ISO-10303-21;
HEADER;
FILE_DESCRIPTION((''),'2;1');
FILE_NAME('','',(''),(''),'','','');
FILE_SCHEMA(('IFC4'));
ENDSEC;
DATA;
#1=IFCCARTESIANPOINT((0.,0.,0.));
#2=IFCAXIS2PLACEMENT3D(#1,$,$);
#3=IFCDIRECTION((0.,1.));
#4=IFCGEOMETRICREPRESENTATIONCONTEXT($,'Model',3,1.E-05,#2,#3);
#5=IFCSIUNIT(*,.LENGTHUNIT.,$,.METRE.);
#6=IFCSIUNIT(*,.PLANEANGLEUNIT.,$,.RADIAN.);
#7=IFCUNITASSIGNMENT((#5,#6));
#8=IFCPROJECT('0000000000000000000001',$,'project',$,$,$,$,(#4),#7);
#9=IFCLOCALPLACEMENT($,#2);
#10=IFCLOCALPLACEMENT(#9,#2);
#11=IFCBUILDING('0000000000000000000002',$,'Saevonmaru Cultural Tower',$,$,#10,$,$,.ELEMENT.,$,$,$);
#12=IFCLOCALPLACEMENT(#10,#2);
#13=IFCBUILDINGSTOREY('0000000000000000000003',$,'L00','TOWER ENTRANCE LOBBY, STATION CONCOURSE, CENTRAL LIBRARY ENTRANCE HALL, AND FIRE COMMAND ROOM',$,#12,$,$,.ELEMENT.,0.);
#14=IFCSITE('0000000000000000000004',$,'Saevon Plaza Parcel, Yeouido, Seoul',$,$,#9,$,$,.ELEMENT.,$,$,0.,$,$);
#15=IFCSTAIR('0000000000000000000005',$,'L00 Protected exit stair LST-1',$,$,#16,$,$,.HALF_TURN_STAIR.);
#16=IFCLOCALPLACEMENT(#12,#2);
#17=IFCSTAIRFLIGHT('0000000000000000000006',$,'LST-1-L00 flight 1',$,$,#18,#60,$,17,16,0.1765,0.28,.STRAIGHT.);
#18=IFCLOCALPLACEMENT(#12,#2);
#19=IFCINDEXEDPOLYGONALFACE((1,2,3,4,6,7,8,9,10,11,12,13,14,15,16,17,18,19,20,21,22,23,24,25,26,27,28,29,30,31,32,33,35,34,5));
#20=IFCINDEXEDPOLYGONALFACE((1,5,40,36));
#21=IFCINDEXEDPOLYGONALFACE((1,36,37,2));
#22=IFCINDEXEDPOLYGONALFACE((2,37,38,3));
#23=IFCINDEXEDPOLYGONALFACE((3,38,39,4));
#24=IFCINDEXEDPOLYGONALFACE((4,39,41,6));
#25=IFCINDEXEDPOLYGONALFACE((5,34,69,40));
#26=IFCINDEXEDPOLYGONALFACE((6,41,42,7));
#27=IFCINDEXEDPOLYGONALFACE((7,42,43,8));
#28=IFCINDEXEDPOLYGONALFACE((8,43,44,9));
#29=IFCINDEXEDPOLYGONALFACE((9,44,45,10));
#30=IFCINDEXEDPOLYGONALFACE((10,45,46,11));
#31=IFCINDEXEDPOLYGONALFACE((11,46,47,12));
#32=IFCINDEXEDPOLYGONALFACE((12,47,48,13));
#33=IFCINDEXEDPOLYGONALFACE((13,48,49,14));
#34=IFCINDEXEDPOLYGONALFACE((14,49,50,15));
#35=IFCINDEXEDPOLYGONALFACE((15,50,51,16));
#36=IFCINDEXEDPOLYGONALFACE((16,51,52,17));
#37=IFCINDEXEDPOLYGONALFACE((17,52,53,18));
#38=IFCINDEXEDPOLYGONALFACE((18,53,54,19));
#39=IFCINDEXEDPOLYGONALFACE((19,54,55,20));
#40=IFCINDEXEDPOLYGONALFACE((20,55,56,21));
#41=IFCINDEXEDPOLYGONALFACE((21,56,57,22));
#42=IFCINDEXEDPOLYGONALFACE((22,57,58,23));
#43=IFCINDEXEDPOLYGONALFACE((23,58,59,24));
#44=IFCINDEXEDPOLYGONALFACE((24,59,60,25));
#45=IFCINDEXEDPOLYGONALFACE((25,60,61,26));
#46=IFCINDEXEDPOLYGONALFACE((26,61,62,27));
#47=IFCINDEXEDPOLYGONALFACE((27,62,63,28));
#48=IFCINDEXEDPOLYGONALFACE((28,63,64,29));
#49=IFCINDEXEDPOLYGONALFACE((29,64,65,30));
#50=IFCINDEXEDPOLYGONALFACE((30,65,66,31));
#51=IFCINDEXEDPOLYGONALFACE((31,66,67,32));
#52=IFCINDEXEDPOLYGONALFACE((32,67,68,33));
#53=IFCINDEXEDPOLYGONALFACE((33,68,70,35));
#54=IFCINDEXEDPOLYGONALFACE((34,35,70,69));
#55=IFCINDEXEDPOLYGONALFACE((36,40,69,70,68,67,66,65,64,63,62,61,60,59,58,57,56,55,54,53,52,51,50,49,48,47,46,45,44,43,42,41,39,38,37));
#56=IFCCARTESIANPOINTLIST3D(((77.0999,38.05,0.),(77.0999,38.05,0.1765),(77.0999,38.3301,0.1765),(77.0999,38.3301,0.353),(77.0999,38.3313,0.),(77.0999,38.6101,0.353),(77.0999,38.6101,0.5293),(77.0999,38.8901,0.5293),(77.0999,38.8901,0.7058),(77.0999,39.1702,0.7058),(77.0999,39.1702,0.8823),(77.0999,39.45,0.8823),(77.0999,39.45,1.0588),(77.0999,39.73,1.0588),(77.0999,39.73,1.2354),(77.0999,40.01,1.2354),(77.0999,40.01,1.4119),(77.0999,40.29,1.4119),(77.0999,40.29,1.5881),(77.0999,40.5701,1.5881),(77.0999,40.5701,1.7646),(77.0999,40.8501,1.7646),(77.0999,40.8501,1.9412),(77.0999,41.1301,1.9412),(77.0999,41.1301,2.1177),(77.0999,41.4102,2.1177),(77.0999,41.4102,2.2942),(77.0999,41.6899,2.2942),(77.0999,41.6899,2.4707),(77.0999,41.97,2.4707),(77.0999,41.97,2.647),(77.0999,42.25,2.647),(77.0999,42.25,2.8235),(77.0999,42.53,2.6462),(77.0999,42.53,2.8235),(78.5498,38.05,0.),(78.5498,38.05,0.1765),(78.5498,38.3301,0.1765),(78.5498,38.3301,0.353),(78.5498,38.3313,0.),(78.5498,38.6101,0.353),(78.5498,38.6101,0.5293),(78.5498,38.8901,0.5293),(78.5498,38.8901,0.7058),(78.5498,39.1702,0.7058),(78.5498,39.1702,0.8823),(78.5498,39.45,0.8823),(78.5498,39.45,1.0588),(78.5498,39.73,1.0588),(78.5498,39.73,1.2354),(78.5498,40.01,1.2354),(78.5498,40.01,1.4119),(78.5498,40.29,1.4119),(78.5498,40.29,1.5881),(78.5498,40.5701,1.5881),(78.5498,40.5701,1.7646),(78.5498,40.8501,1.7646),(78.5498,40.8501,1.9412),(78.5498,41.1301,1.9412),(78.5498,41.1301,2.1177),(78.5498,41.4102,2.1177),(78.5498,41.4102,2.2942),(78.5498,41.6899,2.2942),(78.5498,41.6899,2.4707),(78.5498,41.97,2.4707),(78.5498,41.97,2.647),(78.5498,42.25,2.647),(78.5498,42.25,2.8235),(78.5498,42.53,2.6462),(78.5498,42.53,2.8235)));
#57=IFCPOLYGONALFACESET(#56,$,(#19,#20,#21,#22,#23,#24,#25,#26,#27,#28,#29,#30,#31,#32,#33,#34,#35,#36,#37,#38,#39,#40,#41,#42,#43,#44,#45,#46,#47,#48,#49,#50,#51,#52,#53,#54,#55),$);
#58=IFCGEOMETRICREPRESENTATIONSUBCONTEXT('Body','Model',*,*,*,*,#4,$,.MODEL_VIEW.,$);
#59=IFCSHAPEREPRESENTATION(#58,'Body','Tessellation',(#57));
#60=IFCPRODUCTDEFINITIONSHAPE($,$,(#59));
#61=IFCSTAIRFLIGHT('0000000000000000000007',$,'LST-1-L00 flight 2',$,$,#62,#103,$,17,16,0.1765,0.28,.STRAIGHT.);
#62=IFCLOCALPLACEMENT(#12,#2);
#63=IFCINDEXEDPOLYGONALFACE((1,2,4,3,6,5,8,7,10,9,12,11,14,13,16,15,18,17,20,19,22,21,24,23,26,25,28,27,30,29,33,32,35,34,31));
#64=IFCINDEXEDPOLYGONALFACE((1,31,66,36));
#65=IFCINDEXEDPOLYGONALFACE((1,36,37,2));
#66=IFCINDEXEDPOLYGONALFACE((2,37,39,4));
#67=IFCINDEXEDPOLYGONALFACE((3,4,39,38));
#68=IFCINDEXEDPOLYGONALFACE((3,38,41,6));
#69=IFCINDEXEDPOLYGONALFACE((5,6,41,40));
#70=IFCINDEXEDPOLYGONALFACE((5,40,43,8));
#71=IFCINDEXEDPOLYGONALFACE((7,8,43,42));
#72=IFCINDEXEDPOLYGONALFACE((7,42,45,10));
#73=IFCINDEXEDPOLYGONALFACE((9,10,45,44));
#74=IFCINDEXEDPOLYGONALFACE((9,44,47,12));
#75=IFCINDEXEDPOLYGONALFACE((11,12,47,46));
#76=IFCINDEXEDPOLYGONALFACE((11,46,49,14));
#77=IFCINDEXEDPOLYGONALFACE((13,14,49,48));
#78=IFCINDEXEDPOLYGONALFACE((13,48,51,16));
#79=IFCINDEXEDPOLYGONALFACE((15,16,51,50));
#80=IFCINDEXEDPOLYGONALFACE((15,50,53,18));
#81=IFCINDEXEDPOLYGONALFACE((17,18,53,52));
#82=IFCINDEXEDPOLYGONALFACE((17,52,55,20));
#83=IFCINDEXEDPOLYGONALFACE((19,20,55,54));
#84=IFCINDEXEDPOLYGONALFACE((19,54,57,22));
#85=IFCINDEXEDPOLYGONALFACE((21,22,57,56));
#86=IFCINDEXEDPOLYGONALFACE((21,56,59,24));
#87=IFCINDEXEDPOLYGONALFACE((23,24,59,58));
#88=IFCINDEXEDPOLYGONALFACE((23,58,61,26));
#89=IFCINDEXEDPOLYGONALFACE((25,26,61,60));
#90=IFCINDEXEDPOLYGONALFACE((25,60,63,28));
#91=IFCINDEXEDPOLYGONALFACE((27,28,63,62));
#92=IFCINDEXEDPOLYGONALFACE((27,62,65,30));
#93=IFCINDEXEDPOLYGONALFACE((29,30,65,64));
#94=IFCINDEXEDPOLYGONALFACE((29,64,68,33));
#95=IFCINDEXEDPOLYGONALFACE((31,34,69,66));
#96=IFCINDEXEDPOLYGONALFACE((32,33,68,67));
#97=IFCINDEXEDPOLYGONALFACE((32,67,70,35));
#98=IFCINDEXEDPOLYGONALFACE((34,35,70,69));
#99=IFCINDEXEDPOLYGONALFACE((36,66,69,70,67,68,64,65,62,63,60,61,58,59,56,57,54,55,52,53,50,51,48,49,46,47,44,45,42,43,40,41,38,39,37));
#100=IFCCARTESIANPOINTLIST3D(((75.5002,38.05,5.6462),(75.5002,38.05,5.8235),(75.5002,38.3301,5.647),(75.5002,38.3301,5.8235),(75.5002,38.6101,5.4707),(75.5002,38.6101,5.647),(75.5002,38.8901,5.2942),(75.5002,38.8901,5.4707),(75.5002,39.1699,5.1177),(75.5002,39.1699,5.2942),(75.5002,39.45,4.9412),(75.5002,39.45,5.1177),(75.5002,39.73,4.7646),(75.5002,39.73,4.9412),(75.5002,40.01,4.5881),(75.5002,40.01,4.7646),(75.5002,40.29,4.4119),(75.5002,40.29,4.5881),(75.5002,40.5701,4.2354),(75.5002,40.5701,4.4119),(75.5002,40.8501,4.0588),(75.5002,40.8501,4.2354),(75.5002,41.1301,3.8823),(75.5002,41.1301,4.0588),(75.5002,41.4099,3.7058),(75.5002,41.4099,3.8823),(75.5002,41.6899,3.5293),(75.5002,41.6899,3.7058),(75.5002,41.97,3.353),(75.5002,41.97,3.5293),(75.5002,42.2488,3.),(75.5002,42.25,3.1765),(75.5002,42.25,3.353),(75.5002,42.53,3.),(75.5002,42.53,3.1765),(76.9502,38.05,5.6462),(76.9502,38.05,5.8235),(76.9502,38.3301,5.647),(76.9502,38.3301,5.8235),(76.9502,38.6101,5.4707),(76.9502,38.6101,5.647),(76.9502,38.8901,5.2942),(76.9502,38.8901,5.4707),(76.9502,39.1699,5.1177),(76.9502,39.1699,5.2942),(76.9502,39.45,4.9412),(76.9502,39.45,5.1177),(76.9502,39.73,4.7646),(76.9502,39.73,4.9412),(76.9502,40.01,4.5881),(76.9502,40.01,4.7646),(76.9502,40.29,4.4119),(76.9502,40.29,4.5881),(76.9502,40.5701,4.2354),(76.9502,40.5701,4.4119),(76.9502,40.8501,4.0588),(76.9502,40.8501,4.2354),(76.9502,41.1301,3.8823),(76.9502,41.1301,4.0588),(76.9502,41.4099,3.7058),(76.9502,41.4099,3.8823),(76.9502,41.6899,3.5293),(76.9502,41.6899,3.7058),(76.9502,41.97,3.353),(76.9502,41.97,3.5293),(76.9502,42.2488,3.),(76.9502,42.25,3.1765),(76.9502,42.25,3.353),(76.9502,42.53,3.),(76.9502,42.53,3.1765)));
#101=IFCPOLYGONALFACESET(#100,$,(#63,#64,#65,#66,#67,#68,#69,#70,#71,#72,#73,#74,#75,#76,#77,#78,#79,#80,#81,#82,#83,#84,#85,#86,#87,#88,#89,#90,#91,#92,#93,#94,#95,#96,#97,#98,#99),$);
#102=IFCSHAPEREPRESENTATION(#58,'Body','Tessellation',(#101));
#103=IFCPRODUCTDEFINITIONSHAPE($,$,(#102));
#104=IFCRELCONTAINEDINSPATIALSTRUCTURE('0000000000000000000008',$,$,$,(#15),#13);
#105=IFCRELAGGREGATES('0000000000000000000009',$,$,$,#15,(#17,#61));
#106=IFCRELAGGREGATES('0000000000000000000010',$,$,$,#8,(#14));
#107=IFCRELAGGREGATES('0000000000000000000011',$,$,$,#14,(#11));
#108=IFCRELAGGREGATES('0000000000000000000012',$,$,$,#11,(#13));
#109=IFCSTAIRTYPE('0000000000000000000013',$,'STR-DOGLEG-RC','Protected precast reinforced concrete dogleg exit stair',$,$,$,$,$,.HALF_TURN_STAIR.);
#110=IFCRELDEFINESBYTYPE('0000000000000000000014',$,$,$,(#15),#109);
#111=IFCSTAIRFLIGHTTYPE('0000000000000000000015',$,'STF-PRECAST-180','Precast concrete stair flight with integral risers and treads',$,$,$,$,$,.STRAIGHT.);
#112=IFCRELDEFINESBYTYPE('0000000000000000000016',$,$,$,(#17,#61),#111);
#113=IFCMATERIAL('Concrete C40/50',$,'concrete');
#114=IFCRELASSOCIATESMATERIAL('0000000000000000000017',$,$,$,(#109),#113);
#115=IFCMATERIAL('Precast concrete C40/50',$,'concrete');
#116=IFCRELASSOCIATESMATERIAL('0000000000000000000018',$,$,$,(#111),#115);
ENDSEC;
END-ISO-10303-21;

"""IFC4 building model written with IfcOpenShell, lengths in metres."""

from ifc_helpers import new_model, si_unit, direction, frame, origin, place, context, subcontext, project, spatial, polyline, outline, extrude, material, type_object, element, aggregate, save


model = new_model("IFC4")

# Units and contexts
model_context = context("Model", 3, precision=1e-05, world=origin(), true_north=direction((0.0, 1.0)))
body_context = subcontext(model_context, "Body", "Model", "MODEL_VIEW")
ifc_project = project(units=[si_unit("LENGTHUNIT", "METRE"), si_unit("PLANEANGLEUNIT", "RADIAN")], contexts=[model_context])

# Site, building, storey
site_placement = place(None, origin())
site = spatial("IfcSite", under=ifc_project, at=site_placement, Name="Saevon Plaza Parcel, Yeouido, Seoul", CompositionType="ELEMENT", RefElevation=0.0)
building_placement = place(site_placement, origin())
building = spatial("IfcBuilding", under=site, at=building_placement, Name="Saevonmaru Cultural Tower", CompositionType="ELEMENT")
storey_placement = place(building_placement, origin())
storey = spatial("IfcBuildingStorey", under=building, at=storey_placement, Name="L00", Description="TOWER ENTRANCE LOBBY, STATION CONCOURSE, CENTRAL LIBRARY ENTRANCE HALL, AND FIRE COMMAND ROOM", CompositionType="ELEMENT", Elevation=0.0)

# Shared definitions
ifc_material_1 = material(Name="Concrete C40/50", Category="concrete")

# Stair, stair flights
stair_type = type_object("IfcStairType", Name="STR-DOGLEG-RC", Description="Protected precast reinforced concrete dogleg exit stair", PredefinedType="HALF_TURN_STAIR", material=ifc_material_1)
stair_placement = place(storey_placement, origin())
stair = element("IfcStair", 1, at=stair_placement, inside=storey, type_object=stair_type, Name="L00 Protected exit stair LST-1", PredefinedType="HALF_TURN_STAIR")
ifc_material_2 = material(Name="Precast concrete C40/50", Category="concrete")
stair_flight_type = type_object("IfcStairFlightType", Name="STF-PRECAST-180", Description="Precast concrete stair flight with integral risers and treads", PredefinedType="STRAIGHT", material=ifc_material_2)
stair_flight_1_placement = place(storey_placement, frame((77.825, 38.05, 0.0), z_axis=(0.0, 0.0, 1.0), x_axis=(0.0, 1.0, 0.0)))
stair_flight_1 = element("IfcStairFlight", 2, at=stair_flight_1_placement, type_object=stair_flight_type, Name="LST-1-L00 flight 1", NumberOfRisers=17, NumberOfTreads=16, PredefinedType="STRAIGHT", RiserHeight=0.1765, TreadLength=0.28, context=body_context, shape_type="SweptSolid", body=[
    extrude(outline(polyline([(0.0, 0.0), (0.0, 0.1765), (0.28, 0.1765), (0.28, 0.353), (0.5601, 0.353), (0.5601, 0.5293), (0.8401, 0.5293), (0.8401, 0.7058), (1.1201, 0.7058), (1.1201, 0.8823), (1.3999, 0.8823), (1.3999, 1.0588), (1.6799, 1.0588), (1.6799, 1.2354), (1.96, 1.2354), (1.96, 1.4119), (2.24, 1.4119), (2.24, 1.5881), (2.52, 1.5881), (2.52, 1.7646), (2.8, 1.7646), (2.8, 1.9412), (3.0801, 1.9412), (3.0801, 2.1177), (3.3601, 2.1177), (3.3601, 2.2942), (3.6399, 2.2942), (3.6399, 2.4707), (3.9199, 2.4707), (3.9199, 2.647), (4.2, 2.647), (4.2, 2.8235), (4.48, 2.8235), (4.48, 3.0), (4.48, 2.6462), (0.2812, 0.0), (0.0, 0.0)])), frame((0.0, 0.7251, 0.0), z_axis=(0.0, -1.0, 0.0), x_axis=(1.0, 0.0, 0.0)), (0.0, 0.0, 1.0), 1.45),
])
stair_flight_2_placement = place(storey_placement, frame((76.2251, 42.53, 3.0), z_axis=(0.0, 0.0, 1.0), x_axis=(0.0, -1.0, 0.0)))
stair_flight_2 = element("IfcStairFlight", 3, at=stair_flight_2_placement, type_object=stair_flight_type, Name="LST-1-L00 flight 2", NumberOfRisers=17, NumberOfTreads=16, PredefinedType="STRAIGHT", RiserHeight=0.1765, TreadLength=0.28, context=body_context, shape_type="SweptSolid", body=[
    extrude(outline(polyline([(0.0, 0.0), (0.0, 0.1765), (0.28, 0.1765), (0.28, 0.353), (0.5601, 0.353), (0.5601, 0.5293), (0.8401, 0.5293), (0.8401, 0.7058), (1.1201, 0.7058), (1.1201, 0.8823), (1.3999, 0.8823), (1.3999, 1.0588), (1.6799, 1.0588), (1.6799, 1.2354), (1.96, 1.2354), (1.96, 1.4119), (2.24, 1.4119), (2.24, 1.5881), (2.52, 1.5881), (2.52, 1.7646), (2.8, 1.7646), (2.8, 1.9412), (3.0801, 1.9412), (3.0801, 2.1177), (3.3601, 2.1177), (3.3601, 2.2942), (3.6399, 2.2942), (3.6399, 2.4707), (3.9199, 2.4707), (3.9199, 2.647), (4.2, 2.647), (4.2, 2.8235), (4.48, 2.8235), (4.48, 3.0), (4.48, 2.6462), (0.2812, 0.0), (0.0, 0.0)])), frame((0.0, 0.7251, 0.0), z_axis=(0.0, -1.0, 0.0), x_axis=(1.0, 0.0, 0.0)), (0.0, 0.0, 1.0), 1.45),
])
aggregate(stair, [stair_flight_1, stair_flight_2])

save(model, "model.ifc")
